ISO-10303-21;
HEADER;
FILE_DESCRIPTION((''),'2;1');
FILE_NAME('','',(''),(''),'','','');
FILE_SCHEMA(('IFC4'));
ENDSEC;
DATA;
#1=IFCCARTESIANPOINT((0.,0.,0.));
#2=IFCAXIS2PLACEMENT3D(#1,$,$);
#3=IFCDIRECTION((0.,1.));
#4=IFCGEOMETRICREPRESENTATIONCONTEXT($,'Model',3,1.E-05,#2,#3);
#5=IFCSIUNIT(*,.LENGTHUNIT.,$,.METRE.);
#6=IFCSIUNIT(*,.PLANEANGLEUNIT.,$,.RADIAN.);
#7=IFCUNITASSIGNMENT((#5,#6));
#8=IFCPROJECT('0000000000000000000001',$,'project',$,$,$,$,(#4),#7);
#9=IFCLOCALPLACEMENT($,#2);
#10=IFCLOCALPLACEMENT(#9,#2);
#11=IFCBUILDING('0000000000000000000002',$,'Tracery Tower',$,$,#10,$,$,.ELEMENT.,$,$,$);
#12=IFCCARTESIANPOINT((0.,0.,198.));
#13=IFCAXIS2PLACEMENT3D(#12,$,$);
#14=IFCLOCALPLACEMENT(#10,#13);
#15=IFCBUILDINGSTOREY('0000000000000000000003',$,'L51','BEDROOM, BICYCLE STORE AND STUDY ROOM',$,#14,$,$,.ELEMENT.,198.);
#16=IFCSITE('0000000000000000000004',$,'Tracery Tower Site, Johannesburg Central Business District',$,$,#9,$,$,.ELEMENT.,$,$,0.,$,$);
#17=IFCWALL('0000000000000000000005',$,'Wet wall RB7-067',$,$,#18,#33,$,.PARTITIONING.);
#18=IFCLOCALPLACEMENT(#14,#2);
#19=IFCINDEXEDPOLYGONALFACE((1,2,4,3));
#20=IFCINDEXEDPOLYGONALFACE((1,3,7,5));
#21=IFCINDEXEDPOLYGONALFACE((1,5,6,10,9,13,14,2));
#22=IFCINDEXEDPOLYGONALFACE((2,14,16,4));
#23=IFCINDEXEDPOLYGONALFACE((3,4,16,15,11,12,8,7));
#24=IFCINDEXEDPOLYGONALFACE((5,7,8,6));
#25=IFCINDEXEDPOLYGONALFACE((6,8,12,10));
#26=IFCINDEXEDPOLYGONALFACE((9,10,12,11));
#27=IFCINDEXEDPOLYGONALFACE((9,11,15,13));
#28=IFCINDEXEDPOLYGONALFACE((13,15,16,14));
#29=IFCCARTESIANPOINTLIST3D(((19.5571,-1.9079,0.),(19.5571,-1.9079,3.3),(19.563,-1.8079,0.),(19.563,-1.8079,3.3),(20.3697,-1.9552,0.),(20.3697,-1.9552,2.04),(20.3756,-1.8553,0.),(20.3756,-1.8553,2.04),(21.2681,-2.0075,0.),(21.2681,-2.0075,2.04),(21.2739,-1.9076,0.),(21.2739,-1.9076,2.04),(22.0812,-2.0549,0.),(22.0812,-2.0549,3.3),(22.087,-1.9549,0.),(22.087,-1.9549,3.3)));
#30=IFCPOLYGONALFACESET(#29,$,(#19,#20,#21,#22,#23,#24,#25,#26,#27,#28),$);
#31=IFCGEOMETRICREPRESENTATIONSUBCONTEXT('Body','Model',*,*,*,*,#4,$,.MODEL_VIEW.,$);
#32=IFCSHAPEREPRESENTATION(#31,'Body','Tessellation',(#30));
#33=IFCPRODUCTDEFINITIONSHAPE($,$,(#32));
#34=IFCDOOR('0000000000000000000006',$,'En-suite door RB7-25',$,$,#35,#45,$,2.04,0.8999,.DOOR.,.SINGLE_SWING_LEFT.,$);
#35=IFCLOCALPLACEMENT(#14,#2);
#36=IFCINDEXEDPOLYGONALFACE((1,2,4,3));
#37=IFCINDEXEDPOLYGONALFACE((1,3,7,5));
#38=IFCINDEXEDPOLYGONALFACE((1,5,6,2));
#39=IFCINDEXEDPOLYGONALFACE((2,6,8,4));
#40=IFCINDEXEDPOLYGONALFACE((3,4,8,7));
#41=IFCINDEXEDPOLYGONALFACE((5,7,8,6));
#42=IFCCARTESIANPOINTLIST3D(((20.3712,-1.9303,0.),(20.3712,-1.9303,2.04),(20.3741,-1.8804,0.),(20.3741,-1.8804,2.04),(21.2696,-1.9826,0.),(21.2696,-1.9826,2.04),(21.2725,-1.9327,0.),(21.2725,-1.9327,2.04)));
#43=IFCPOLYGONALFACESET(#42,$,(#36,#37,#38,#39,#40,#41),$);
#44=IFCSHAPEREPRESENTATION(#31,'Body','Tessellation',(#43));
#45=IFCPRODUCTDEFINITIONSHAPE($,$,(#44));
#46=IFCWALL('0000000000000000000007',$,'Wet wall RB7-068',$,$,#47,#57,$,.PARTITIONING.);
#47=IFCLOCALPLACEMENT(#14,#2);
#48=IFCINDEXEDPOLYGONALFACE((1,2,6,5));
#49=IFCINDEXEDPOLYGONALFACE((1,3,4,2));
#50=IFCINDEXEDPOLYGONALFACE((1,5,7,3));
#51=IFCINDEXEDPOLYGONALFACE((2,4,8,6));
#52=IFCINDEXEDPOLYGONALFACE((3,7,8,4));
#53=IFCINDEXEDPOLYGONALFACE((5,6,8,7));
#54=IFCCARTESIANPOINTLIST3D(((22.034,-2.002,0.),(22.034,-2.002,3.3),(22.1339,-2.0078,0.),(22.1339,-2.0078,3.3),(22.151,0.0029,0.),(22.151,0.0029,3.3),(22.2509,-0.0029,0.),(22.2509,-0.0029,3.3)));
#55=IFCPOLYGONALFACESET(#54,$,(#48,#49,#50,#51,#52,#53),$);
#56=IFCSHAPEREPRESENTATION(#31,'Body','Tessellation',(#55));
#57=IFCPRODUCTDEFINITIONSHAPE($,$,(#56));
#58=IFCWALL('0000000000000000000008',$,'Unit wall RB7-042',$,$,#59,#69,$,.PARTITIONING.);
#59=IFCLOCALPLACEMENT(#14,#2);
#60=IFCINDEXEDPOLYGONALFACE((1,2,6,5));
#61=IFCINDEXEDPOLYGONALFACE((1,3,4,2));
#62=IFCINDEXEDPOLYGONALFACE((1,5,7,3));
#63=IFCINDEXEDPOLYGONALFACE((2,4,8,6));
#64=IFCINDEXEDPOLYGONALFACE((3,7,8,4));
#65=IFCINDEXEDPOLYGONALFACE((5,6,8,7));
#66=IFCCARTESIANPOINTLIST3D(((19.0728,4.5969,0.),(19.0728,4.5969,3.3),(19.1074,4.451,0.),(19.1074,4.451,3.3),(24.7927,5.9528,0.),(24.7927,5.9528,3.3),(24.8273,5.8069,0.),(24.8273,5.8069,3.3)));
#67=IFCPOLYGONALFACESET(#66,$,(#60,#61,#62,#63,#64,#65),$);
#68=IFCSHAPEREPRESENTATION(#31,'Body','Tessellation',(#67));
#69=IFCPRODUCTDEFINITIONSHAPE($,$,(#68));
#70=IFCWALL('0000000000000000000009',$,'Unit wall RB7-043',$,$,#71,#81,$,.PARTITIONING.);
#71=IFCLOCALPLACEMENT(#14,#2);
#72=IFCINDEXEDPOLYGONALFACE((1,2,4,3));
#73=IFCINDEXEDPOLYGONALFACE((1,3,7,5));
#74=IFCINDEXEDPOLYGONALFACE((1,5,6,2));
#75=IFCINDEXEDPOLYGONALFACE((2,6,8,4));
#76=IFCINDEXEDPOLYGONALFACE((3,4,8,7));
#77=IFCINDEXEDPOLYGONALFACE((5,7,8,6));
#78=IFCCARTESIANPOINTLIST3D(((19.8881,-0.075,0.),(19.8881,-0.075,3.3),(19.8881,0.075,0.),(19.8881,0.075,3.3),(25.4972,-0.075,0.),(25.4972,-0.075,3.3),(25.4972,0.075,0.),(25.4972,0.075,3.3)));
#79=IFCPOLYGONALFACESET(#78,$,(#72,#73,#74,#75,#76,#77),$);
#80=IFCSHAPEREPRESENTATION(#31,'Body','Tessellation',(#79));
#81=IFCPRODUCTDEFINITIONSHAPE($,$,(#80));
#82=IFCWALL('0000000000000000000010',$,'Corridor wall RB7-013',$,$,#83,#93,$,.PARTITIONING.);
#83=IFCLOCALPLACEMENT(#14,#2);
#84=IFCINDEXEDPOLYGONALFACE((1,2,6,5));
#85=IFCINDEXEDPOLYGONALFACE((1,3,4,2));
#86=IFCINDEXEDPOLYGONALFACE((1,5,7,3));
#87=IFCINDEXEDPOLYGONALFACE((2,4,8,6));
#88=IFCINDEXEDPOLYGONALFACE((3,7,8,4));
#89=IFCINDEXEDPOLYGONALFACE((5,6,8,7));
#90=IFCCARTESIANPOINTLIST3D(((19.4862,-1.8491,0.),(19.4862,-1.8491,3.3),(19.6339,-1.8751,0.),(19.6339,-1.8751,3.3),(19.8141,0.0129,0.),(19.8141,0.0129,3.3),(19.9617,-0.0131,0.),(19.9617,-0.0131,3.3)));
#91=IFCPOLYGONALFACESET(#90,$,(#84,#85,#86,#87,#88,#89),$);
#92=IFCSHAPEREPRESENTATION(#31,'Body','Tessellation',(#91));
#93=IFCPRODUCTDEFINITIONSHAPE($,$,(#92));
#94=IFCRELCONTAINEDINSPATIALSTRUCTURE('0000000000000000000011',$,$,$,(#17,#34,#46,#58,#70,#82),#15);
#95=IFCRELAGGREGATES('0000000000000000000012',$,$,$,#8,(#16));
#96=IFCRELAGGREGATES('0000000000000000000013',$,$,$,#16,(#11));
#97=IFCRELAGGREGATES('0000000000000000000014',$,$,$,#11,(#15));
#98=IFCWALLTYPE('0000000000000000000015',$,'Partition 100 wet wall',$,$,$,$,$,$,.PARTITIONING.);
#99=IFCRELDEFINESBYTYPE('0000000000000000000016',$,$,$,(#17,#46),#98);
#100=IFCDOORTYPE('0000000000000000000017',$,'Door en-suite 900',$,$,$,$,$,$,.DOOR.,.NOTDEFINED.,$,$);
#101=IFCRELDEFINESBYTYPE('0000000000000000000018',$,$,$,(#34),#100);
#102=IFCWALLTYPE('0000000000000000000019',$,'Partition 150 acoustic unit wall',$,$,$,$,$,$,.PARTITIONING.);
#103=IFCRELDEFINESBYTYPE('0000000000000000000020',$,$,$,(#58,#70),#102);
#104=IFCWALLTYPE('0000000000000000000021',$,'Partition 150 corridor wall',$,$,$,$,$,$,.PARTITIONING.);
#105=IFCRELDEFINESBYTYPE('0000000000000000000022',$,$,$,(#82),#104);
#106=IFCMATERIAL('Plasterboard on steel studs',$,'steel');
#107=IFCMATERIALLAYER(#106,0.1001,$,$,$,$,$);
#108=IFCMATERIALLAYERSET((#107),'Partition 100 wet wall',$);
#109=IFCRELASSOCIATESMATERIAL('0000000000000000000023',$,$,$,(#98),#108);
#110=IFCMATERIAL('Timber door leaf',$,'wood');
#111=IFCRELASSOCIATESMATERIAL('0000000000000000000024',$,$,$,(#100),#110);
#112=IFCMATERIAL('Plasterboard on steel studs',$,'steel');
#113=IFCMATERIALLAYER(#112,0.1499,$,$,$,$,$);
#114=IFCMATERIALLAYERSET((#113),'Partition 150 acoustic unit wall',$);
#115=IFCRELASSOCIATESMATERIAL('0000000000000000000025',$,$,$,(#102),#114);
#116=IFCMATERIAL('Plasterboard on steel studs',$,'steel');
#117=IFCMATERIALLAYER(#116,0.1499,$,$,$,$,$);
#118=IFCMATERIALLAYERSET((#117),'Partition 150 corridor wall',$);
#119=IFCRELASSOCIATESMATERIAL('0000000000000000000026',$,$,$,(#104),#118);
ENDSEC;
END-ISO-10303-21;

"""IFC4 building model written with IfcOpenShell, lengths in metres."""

from ifc_helpers import new_model, si_unit, direction, frame, frame_2d, origin, place, context, subcontext, project, spatial, rectangle, extrude, material, layer, layer_set, type_object, element, fill, save


model = new_model("IFC4")

# Units and contexts
model_context = context("Model", 3, precision=1e-05, world=origin(), true_north=direction((0.0, 1.0)))
body_context = subcontext(model_context, "Body", "Model", "MODEL_VIEW")
ifc_project = project(units=[si_unit("LENGTHUNIT", "METRE"), si_unit("PLANEANGLEUNIT", "RADIAN")], contexts=[model_context])

# Site, building, storey
site_placement = place(None, origin())
site = spatial("IfcSite", under=ifc_project, at=site_placement, Name="Tracery Tower Site, Johannesburg Central Business District", CompositionType="ELEMENT", RefElevation=0.0)
building_placement = place(site_placement, origin())
building = spatial("IfcBuilding", under=site, at=building_placement, Name="Tracery Tower", CompositionType="ELEMENT")
storey_placement = place(building_placement, frame((0.0, 0.0, 198.0)))
storey = spatial("IfcBuildingStorey", under=building, at=storey_placement, Name="L51", Description="BEDROOM, BICYCLE STORE AND STUDY ROOM", CompositionType="ELEMENT", Elevation=198.0)

# Shared definitions
ifc_material_1 = material(Name="Plasterboard on steel studs", Category="steel")
ifc_layer_1 = layer(ifc_material_1, 0.1001)
ifc_layer_set_1 = layer_set([ifc_layer_1], Name="Partition 100 wet wall")
wall_type_1 = type_object("IfcWallType", Name="Partition 100 wet wall", PredefinedType="PARTITIONING", material=ifc_layer_set_1)

# Wall, opening, door
ifc_material_2 = material(Name="Timber door leaf", Category="wood")
door_type = type_object("IfcDoorType", Name="Door en-suite 900", OperationType="NOTDEFINED", PredefinedType="DOOR", material=ifc_material_2)
wall_1_placement = place(storey_placement, frame((19.5601, -1.8579, 0.0), z_axis=(0.0, 0.0, 1.0), x_axis=(0.998309, -0.058133, 0.0)))
wall_1 = element("IfcWall", 1, at=wall_1_placement, inside=storey, type_object=wall_type_1, Name="Wet wall RB7-067", PredefinedType="PARTITIONING", context=body_context, shape_type="SweptSolid", body=[
    extrude(rectangle(XDim=2.5283, YDim=0.1001, at=frame_2d((1.2642, 0.0))), origin(), (0.0, 0.0, 1.0), 3.3),
])
opening_1_placement = place(wall_1_placement, frame((0.814, 0.0, 0.0)))
opening_1 = element("IfcOpeningElement", 2, at=opening_1_placement, cuts=wall_1, PredefinedType="OPENING", context=body_context, shape_type="SweptSolid", body=[
    extrude(rectangle(XDim=0.8999, YDim=2.04, at=frame_2d((0.45, 1.02))), frame((0.0, 0.05, 0.0), z_axis=(0.0, -1.0, 0.0), x_axis=(1.0, 0.0, 0.0)), (0.0, 0.0, 1.0), 0.1001),
])
door_1_placement = place(opening_1_placement, origin())
door_1 = element("IfcDoor", 3, at=door_1_placement, inside=storey, type_object=door_type, Name="En-suite door RB7-25", OperationType="SINGLE_SWING_LEFT", OverallHeight=2.04, OverallWidth=0.8999, PredefinedType="DOOR", context=body_context, shape_type="SweptSolid", body=[
    extrude(rectangle(XDim=0.8999, YDim=2.04, at=frame_2d((0.45, 1.02))), frame((0.0, 0.0249, 0.0), z_axis=(0.0, -1.0, 0.0), x_axis=(1.0, 0.0, 0.0)), (0.0, 0.0, 1.0), 0.05),
])
fill(opening_1, door_1)

# Walls
wall_2_placement = place(storey_placement, frame((22.084, -2.0049, 0.0), z_axis=(0.0, 0.0, 1.0), x_axis=(0.05823, 0.998303, 0.0)))
element("IfcWall", 4, at=wall_2_placement, inside=storey, type_object=wall_type_1, Name="Wet wall RB7-068", PredefinedType="PARTITIONING", context=body_context, shape_type="SweptSolid", body=[
    extrude(rectangle(XDim=2.0083, YDim=0.1001, at=frame_2d((1.0042, 0.0))), origin(), (0.0, 0.0, 1.0), 3.3),
])
ifc_material_3 = material(Name="Plasterboard on steel studs", Category="steel")
ifc_layer_2 = layer(ifc_material_3, 0.1499)
ifc_layer_set_2 = layer_set([ifc_layer_2], Name="Partition 150 acoustic unit wall")
wall_type_2 = type_object("IfcWallType", Name="Partition 150 acoustic unit wall", PredefinedType="PARTITIONING", material=ifc_layer_set_2)
wall_3_placement = place(storey_placement, frame((19.0901, 4.5239, 0.0), z_axis=(0.0, 0.0, 1.0), x_axis=(0.973033, 0.230664, 0.0)))
element("IfcWall", 5, at=wall_3_placement, inside=storey, type_object=wall_type_2, Name="Unit wall RB7-042", PredefinedType="PARTITIONING", context=body_context, shape_type="SweptSolid", body=[
    extrude(rectangle(XDim=5.8784, YDim=0.1499, at=frame_2d((2.9392, 0.0))), origin(), (0.0, 0.0, 1.0), 3.3),
])
wall_4_placement = place(storey_placement, frame((19.8879, 0.0, 0.0), z_axis=(0.0, 0.0, 1.0), x_axis=(1.0, 0.0, 0.0)))
element("IfcWall", 6, at=wall_4_placement, inside=storey, type_object=wall_type_2, Name="Unit wall RB7-043", PredefinedType="PARTITIONING", context=body_context, shape_type="SweptSolid", body=[
    extrude(rectangle(XDim=5.6091, YDim=0.1499, at=frame_2d((2.8047, 0.0))), origin(), (0.0, 0.0, 1.0), 3.3),
])
ifc_material_4 = material(Name="Plasterboard on steel studs", Category="steel")
ifc_layer_3 = layer(ifc_material_4, 0.1499)
ifc_layer_set_3 = layer_set([ifc_layer_3], Name="Partition 150 corridor wall")
wall_type_3 = type_object("IfcWallType", Name="Partition 150 corridor wall", PredefinedType="PARTITIONING", material=ifc_layer_set_3)
wall_5_placement = place(storey_placement, frame((19.5601, -1.8621, 0.0), z_axis=(0.0, 0.0, 1.0), x_axis=(0.173417, 0.984848, 0.0)))
element("IfcWall", 7, at=wall_5_placement, inside=storey, type_object=wall_type_3, Name="Corridor wall RB7-013", PredefinedType="PARTITIONING", context=body_context, shape_type="SweptSolid", body=[
    extrude(rectangle(XDim=1.8906, YDim=0.1499, at=frame_2d((0.9453, 0.0))), origin(), (0.0, 0.0, 1.0), 3.3),
])

save(model, "model.ifc")
